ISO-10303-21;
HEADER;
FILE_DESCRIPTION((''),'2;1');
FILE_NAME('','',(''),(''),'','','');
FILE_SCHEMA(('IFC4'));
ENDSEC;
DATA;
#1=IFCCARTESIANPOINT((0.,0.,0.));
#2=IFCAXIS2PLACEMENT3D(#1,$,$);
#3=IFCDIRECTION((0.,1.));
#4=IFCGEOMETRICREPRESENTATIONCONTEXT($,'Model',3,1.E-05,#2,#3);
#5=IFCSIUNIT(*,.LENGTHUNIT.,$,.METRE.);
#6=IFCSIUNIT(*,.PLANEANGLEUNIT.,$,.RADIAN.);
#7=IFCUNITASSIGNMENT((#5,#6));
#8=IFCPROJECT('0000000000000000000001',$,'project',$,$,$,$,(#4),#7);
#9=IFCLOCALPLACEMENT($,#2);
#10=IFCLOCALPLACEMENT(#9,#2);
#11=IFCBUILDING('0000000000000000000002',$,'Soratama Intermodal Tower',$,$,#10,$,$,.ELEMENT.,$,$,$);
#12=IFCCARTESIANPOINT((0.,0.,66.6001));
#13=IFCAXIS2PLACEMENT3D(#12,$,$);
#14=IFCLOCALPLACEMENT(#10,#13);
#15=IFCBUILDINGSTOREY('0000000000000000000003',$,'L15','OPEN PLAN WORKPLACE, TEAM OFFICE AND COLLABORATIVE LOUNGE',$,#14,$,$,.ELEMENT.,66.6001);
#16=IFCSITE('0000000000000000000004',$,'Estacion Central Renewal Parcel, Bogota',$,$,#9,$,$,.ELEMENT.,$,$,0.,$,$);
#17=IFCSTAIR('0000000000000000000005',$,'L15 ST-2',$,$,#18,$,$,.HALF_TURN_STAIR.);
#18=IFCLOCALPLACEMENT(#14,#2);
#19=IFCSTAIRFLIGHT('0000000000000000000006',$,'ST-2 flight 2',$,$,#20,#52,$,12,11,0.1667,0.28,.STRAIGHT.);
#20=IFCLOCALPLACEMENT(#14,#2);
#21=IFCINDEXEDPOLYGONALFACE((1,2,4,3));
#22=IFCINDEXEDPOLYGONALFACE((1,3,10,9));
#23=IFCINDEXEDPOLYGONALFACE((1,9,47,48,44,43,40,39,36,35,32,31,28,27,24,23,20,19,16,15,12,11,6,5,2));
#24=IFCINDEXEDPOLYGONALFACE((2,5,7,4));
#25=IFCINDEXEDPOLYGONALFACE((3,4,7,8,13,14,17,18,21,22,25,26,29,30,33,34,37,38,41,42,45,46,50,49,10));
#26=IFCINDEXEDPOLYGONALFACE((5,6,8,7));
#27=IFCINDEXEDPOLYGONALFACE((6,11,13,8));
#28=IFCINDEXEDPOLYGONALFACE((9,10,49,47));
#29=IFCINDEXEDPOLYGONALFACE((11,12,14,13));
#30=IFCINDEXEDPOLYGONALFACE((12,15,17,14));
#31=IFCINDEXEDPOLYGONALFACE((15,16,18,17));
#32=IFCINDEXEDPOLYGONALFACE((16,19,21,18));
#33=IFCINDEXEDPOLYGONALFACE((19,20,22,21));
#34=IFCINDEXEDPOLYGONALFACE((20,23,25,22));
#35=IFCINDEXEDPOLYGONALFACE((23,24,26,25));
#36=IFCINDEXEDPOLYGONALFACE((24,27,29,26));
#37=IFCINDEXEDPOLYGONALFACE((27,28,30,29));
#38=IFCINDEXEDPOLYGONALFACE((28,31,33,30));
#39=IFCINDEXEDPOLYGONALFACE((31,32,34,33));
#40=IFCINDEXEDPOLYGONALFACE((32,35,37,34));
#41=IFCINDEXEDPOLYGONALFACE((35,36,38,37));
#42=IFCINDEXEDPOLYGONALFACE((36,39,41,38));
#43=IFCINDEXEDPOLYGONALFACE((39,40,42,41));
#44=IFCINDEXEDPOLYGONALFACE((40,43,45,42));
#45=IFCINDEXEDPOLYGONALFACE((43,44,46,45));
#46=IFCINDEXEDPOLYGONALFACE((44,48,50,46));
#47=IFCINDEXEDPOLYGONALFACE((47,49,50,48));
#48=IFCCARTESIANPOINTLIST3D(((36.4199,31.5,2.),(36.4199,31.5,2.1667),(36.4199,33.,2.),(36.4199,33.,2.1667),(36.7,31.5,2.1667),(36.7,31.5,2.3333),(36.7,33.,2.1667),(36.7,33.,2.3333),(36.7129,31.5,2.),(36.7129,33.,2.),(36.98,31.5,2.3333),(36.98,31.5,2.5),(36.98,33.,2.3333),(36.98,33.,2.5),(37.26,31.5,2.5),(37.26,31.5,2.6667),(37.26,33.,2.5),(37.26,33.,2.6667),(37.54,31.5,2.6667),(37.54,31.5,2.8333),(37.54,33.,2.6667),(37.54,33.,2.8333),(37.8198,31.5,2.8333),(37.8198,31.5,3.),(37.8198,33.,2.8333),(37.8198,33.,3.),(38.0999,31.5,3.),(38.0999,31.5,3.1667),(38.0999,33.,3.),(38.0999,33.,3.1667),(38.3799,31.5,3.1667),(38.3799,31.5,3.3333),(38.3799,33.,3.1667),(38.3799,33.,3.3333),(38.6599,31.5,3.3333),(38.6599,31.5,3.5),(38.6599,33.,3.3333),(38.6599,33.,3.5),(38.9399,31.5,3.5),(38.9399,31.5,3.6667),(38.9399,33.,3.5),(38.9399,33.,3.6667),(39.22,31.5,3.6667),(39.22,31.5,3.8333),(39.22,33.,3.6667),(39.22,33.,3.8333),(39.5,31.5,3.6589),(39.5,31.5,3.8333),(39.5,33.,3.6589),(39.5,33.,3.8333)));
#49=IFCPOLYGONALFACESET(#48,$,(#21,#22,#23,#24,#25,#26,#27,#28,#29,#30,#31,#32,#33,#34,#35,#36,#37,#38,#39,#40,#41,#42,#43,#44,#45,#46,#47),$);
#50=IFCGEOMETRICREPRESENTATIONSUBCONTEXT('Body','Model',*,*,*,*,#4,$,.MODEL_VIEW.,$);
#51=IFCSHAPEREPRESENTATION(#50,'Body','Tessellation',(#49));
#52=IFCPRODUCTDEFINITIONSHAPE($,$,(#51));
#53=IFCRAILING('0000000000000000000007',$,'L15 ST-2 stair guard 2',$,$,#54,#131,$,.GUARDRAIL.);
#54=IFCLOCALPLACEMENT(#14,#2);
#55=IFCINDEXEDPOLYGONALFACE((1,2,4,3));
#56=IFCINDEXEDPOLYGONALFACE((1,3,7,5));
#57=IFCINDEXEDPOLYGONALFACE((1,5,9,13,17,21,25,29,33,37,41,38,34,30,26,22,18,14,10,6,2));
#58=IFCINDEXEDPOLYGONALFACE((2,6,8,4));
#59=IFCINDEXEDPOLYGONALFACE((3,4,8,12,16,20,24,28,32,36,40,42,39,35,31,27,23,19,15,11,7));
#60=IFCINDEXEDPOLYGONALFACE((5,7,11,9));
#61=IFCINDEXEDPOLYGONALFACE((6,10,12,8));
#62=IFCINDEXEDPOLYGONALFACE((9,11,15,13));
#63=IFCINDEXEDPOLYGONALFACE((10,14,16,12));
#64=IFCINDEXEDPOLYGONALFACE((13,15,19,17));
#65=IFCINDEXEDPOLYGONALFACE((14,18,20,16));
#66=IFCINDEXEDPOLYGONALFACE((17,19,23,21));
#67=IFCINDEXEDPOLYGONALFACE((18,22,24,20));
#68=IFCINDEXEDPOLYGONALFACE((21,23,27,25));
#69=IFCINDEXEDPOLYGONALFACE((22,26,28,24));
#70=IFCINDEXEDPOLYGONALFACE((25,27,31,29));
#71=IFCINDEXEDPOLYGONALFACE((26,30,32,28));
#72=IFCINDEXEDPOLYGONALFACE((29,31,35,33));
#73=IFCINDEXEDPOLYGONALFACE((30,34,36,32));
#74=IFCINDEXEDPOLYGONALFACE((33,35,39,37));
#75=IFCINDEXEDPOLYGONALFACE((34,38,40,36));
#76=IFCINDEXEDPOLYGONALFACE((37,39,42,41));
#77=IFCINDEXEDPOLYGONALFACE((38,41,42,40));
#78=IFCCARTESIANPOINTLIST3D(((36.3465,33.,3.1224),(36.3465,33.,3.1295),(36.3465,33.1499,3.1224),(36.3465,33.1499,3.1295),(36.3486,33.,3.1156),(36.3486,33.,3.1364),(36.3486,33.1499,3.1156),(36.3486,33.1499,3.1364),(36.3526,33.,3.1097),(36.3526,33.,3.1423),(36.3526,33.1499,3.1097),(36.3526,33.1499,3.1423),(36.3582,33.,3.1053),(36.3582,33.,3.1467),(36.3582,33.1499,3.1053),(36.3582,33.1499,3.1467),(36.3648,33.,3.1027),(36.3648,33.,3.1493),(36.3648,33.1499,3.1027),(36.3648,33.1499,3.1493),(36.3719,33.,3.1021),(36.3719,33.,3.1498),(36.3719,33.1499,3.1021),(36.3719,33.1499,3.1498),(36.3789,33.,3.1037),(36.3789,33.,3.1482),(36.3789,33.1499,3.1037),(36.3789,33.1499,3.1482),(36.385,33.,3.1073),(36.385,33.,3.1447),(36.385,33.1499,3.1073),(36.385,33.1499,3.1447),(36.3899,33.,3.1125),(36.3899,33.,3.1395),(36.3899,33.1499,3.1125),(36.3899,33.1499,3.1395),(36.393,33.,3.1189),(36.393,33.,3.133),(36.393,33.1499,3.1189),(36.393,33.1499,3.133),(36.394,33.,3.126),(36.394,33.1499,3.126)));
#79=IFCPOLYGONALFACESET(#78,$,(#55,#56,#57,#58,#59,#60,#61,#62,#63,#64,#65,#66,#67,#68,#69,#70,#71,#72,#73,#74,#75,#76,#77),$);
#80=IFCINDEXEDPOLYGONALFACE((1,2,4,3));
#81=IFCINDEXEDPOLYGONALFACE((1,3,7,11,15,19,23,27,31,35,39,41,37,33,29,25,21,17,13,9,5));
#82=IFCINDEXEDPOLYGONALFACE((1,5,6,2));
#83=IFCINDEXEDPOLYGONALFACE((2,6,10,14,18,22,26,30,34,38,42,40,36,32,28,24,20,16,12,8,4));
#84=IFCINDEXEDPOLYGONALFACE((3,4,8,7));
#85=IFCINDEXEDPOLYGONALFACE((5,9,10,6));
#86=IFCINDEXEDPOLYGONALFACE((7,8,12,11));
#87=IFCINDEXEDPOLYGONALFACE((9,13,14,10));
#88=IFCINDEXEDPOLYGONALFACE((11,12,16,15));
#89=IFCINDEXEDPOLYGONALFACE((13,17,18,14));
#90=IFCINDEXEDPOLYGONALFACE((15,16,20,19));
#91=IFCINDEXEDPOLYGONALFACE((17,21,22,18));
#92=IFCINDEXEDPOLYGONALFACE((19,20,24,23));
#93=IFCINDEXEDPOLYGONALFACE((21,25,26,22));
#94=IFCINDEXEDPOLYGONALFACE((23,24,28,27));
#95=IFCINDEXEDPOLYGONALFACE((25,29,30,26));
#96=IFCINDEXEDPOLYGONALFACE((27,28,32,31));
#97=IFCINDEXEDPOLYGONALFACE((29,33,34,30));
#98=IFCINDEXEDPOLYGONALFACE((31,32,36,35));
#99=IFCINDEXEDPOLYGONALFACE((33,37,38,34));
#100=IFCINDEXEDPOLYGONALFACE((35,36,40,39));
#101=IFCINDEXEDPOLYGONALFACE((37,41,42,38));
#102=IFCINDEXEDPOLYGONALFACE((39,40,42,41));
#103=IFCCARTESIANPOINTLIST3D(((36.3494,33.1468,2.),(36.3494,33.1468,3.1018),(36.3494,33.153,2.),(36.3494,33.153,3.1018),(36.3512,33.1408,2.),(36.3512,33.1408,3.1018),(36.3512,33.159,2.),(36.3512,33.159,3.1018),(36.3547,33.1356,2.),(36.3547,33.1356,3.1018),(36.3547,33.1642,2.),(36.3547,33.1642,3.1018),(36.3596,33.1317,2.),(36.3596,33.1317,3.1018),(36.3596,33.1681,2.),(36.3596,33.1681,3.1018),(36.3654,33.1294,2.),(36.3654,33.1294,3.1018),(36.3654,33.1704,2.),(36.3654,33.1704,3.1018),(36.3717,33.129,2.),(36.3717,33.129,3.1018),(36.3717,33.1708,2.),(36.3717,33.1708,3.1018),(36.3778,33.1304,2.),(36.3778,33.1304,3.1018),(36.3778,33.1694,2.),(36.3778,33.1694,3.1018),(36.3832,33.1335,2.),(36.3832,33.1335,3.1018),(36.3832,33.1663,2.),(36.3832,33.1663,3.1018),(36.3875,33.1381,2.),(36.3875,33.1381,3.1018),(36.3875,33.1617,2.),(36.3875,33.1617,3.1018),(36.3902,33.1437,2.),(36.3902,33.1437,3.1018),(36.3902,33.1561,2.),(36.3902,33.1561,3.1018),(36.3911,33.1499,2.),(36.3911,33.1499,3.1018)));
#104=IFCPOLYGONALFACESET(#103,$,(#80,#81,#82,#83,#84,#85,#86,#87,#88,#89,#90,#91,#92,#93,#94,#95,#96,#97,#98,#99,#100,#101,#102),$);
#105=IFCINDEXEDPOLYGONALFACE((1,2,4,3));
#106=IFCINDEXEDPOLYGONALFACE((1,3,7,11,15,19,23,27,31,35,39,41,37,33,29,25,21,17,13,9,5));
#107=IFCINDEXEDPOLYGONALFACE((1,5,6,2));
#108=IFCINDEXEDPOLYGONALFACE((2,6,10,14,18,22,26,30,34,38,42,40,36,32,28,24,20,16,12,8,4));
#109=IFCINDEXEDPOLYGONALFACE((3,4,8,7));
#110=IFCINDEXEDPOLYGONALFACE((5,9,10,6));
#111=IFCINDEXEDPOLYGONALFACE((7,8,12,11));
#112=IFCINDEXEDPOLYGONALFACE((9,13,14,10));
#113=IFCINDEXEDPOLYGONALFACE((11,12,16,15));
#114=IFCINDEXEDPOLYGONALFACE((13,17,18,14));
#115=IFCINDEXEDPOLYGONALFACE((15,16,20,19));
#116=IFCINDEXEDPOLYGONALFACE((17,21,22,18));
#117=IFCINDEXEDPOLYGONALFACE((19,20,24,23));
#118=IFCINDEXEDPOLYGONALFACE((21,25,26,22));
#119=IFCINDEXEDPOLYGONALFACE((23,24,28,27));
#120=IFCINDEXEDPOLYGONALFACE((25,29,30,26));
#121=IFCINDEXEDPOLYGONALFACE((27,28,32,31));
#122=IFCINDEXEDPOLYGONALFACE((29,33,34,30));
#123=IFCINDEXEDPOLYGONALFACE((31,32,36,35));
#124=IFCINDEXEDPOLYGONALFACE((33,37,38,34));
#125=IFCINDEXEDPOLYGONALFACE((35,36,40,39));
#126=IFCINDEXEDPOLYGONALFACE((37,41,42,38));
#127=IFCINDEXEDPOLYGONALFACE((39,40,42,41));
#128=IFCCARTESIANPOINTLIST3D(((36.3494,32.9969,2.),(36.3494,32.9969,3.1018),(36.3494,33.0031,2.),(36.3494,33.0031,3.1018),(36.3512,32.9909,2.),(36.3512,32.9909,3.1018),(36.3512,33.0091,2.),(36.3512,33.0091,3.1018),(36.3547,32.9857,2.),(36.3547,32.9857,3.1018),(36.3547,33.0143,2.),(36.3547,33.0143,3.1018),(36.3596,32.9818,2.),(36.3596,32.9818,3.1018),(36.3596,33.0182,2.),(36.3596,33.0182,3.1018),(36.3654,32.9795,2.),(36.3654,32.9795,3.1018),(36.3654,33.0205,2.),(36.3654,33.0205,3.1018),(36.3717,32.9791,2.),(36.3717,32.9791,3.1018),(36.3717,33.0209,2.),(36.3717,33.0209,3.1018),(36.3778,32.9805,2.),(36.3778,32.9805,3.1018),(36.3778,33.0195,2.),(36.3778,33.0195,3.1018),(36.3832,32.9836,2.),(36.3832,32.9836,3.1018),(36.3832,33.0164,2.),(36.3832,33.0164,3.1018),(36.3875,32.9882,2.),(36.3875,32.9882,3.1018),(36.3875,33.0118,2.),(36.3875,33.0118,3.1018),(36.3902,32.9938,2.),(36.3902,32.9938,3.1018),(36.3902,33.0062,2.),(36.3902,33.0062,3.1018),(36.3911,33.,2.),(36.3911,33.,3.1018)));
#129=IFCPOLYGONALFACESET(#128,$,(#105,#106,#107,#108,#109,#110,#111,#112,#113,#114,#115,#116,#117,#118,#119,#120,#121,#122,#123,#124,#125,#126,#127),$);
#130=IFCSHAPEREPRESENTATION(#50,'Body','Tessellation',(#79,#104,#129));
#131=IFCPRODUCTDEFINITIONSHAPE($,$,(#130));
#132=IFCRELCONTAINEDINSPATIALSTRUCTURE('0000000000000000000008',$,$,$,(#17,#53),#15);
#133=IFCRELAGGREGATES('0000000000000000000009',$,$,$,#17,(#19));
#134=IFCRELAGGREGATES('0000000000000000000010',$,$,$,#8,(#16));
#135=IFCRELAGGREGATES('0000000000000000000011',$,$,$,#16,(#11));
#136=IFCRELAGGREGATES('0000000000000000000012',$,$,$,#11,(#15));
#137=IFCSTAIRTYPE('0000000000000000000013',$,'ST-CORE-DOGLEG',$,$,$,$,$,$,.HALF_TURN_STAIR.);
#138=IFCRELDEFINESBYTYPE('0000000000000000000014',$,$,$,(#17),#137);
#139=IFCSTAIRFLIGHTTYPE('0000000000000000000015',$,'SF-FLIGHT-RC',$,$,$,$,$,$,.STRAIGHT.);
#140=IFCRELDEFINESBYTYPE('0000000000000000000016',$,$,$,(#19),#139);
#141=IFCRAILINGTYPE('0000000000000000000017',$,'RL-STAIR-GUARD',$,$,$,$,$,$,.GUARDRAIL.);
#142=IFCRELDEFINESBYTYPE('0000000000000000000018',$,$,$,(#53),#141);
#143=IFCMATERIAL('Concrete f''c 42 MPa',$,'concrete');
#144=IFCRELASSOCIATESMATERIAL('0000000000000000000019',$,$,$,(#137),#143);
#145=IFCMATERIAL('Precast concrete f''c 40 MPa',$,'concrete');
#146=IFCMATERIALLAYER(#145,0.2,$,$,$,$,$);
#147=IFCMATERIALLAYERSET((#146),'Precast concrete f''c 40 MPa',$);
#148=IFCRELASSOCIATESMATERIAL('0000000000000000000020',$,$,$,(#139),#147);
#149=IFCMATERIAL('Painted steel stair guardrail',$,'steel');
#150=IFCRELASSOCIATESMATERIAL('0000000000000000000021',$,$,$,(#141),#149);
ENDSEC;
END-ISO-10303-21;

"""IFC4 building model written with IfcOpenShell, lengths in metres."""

from ifc_helpers import new_model, si_unit, direction, frame, origin, origin_2d, place, context, subcontext, project, spatial, polyline, circle, outline, extrude, material, layer, layer_set, type_object, element, aggregate, save


model = new_model("IFC4")

# Units and contexts
model_context = context("Model", 3, precision=1e-05, world=origin(), true_north=direction((0.0, 1.0)))
body_context = subcontext(model_context, "Body", "Model", "MODEL_VIEW")
ifc_project = project(units=[si_unit("LENGTHUNIT", "METRE"), si_unit("PLANEANGLEUNIT", "RADIAN")], contexts=[model_context])

# Site, building, storey
site_placement = place(None, origin())
site = spatial("IfcSite", under=ifc_project, at=site_placement, Name="Estacion Central Renewal Parcel, Bogota", CompositionType="ELEMENT", RefElevation=0.0)
building_placement = place(site_placement, origin())
building = spatial("IfcBuilding", under=site, at=building_placement, Name="Soratama Intermodal Tower", CompositionType="ELEMENT")
storey_placement = place(building_placement, frame((0.0, 0.0, 66.6001)))
storey = spatial("IfcBuildingStorey", under=building, at=storey_placement, Name="L15", Description="OPEN PLAN WORKPLACE, TEAM OFFICE AND COLLABORATIVE LOUNGE", CompositionType="ELEMENT", Elevation=66.6001)

# Stair, stair flight
ifc_material_1 = material(Name="Concrete f'c 42 MPa", Category="concrete")
stair_type = type_object("IfcStairType", Name="ST-CORE-DOGLEG", PredefinedType="HALF_TURN_STAIR", material=ifc_material_1)
stair_placement = place(storey_placement, origin())
stair = element("IfcStair", 1, at=stair_placement, inside=storey, type_object=stair_type, Name="L15 ST-2", PredefinedType="HALF_TURN_STAIR")
ifc_material_2 = material(Name="Precast concrete f'c 40 MPa", Category="concrete")
ifc_layer_1 = layer(ifc_material_2, 0.2)
ifc_layer_set_1 = layer_set([ifc_layer_1], Name="Precast concrete f'c 40 MPa")
stair_flight_type = type_object("IfcStairFlightType", Name="SF-FLIGHT-RC", PredefinedType="STRAIGHT", material=ifc_layer_set_1)
stair_flight_placement = place(storey_placement, frame((36.4199, 32.25, 2.0), z_axis=(0.0, 0.0, 1.0), x_axis=(1.0, 0.0, 0.0)))
stair_flight = element("IfcStairFlight", 2, at=stair_flight_placement, type_object=stair_flight_type, Name="ST-2 flight 2", NumberOfRisers=12, NumberOfTreads=11, PredefinedType="STRAIGHT", RiserHeight=0.1667, TreadLength=0.28, context=body_context, shape_type="SweptSolid", body=[
    extrude(outline(polyline([(0.0, 0.0), (0.0, 0.1667), (0.28, 0.1667), (0.28, 0.3333), (0.5601, 0.3333), (0.5601, 0.5), (0.8401, 0.5), (0.8401, 0.6667), (1.1201, 0.6667), (1.1201, 0.8333), (1.3999, 0.8333), (1.3999, 1.0), (1.6799, 1.0), (1.6799, 1.1667), (1.96, 1.1667), (1.96, 1.3333), (2.24, 1.3333), (2.24, 1.5), (2.52, 1.5), (2.52, 1.6667), (2.8, 1.6667), (2.8, 1.8333), (3.0801, 1.8333), (3.0801, 2.0), (3.0801, 1.6589), (0.293, 0.0), (0.0, 0.0)])), frame((0.0, 0.75, 0.0), z_axis=(0.0, -1.0, 0.0), x_axis=(1.0, 0.0, 0.0)), (0.0, 0.0, 1.0), 1.5),
])
aggregate(stair, [stair_flight])

# Railing
ifc_material_3 = material(Name="Painted steel stair guardrail", Category="steel")
railing_type_1 = type_object("IfcRailingType", Name="RL-STAIR-GUARD", PredefinedType="GUARDRAIL", material=ifc_material_3)
railing_1_placement = place(storey_placement, frame((36.3701, 33.1499, 2.0)))
element("IfcRailing", 3, at=railing_1_placement, inside=storey, type_object=railing_type_1, Name="L15 ST-2 stair guard 2", PredefinedType="GUARDRAIL", context=body_context, shape_type="SweptSolid", body=[
    extrude(circle(Radius=0.0239, at=origin_2d()), frame((0.0, 0.0, 1.126), z_axis=(0.0, -1.0, 0.0), x_axis=(1.0, 0.0, 0.0)), (0.0, 0.0, 1.0), 0.1499),
    extrude(circle(Radius=0.021, at=origin_2d()), origin(), (0.0, 0.0, 1.0), 1.1018),
    extrude(circle(Radius=0.021, at=origin_2d()), frame((0.0, -0.1499, 0.0)), (0.0, 0.0, 1.0), 1.1018),
])

save(model, "model.ifc")
